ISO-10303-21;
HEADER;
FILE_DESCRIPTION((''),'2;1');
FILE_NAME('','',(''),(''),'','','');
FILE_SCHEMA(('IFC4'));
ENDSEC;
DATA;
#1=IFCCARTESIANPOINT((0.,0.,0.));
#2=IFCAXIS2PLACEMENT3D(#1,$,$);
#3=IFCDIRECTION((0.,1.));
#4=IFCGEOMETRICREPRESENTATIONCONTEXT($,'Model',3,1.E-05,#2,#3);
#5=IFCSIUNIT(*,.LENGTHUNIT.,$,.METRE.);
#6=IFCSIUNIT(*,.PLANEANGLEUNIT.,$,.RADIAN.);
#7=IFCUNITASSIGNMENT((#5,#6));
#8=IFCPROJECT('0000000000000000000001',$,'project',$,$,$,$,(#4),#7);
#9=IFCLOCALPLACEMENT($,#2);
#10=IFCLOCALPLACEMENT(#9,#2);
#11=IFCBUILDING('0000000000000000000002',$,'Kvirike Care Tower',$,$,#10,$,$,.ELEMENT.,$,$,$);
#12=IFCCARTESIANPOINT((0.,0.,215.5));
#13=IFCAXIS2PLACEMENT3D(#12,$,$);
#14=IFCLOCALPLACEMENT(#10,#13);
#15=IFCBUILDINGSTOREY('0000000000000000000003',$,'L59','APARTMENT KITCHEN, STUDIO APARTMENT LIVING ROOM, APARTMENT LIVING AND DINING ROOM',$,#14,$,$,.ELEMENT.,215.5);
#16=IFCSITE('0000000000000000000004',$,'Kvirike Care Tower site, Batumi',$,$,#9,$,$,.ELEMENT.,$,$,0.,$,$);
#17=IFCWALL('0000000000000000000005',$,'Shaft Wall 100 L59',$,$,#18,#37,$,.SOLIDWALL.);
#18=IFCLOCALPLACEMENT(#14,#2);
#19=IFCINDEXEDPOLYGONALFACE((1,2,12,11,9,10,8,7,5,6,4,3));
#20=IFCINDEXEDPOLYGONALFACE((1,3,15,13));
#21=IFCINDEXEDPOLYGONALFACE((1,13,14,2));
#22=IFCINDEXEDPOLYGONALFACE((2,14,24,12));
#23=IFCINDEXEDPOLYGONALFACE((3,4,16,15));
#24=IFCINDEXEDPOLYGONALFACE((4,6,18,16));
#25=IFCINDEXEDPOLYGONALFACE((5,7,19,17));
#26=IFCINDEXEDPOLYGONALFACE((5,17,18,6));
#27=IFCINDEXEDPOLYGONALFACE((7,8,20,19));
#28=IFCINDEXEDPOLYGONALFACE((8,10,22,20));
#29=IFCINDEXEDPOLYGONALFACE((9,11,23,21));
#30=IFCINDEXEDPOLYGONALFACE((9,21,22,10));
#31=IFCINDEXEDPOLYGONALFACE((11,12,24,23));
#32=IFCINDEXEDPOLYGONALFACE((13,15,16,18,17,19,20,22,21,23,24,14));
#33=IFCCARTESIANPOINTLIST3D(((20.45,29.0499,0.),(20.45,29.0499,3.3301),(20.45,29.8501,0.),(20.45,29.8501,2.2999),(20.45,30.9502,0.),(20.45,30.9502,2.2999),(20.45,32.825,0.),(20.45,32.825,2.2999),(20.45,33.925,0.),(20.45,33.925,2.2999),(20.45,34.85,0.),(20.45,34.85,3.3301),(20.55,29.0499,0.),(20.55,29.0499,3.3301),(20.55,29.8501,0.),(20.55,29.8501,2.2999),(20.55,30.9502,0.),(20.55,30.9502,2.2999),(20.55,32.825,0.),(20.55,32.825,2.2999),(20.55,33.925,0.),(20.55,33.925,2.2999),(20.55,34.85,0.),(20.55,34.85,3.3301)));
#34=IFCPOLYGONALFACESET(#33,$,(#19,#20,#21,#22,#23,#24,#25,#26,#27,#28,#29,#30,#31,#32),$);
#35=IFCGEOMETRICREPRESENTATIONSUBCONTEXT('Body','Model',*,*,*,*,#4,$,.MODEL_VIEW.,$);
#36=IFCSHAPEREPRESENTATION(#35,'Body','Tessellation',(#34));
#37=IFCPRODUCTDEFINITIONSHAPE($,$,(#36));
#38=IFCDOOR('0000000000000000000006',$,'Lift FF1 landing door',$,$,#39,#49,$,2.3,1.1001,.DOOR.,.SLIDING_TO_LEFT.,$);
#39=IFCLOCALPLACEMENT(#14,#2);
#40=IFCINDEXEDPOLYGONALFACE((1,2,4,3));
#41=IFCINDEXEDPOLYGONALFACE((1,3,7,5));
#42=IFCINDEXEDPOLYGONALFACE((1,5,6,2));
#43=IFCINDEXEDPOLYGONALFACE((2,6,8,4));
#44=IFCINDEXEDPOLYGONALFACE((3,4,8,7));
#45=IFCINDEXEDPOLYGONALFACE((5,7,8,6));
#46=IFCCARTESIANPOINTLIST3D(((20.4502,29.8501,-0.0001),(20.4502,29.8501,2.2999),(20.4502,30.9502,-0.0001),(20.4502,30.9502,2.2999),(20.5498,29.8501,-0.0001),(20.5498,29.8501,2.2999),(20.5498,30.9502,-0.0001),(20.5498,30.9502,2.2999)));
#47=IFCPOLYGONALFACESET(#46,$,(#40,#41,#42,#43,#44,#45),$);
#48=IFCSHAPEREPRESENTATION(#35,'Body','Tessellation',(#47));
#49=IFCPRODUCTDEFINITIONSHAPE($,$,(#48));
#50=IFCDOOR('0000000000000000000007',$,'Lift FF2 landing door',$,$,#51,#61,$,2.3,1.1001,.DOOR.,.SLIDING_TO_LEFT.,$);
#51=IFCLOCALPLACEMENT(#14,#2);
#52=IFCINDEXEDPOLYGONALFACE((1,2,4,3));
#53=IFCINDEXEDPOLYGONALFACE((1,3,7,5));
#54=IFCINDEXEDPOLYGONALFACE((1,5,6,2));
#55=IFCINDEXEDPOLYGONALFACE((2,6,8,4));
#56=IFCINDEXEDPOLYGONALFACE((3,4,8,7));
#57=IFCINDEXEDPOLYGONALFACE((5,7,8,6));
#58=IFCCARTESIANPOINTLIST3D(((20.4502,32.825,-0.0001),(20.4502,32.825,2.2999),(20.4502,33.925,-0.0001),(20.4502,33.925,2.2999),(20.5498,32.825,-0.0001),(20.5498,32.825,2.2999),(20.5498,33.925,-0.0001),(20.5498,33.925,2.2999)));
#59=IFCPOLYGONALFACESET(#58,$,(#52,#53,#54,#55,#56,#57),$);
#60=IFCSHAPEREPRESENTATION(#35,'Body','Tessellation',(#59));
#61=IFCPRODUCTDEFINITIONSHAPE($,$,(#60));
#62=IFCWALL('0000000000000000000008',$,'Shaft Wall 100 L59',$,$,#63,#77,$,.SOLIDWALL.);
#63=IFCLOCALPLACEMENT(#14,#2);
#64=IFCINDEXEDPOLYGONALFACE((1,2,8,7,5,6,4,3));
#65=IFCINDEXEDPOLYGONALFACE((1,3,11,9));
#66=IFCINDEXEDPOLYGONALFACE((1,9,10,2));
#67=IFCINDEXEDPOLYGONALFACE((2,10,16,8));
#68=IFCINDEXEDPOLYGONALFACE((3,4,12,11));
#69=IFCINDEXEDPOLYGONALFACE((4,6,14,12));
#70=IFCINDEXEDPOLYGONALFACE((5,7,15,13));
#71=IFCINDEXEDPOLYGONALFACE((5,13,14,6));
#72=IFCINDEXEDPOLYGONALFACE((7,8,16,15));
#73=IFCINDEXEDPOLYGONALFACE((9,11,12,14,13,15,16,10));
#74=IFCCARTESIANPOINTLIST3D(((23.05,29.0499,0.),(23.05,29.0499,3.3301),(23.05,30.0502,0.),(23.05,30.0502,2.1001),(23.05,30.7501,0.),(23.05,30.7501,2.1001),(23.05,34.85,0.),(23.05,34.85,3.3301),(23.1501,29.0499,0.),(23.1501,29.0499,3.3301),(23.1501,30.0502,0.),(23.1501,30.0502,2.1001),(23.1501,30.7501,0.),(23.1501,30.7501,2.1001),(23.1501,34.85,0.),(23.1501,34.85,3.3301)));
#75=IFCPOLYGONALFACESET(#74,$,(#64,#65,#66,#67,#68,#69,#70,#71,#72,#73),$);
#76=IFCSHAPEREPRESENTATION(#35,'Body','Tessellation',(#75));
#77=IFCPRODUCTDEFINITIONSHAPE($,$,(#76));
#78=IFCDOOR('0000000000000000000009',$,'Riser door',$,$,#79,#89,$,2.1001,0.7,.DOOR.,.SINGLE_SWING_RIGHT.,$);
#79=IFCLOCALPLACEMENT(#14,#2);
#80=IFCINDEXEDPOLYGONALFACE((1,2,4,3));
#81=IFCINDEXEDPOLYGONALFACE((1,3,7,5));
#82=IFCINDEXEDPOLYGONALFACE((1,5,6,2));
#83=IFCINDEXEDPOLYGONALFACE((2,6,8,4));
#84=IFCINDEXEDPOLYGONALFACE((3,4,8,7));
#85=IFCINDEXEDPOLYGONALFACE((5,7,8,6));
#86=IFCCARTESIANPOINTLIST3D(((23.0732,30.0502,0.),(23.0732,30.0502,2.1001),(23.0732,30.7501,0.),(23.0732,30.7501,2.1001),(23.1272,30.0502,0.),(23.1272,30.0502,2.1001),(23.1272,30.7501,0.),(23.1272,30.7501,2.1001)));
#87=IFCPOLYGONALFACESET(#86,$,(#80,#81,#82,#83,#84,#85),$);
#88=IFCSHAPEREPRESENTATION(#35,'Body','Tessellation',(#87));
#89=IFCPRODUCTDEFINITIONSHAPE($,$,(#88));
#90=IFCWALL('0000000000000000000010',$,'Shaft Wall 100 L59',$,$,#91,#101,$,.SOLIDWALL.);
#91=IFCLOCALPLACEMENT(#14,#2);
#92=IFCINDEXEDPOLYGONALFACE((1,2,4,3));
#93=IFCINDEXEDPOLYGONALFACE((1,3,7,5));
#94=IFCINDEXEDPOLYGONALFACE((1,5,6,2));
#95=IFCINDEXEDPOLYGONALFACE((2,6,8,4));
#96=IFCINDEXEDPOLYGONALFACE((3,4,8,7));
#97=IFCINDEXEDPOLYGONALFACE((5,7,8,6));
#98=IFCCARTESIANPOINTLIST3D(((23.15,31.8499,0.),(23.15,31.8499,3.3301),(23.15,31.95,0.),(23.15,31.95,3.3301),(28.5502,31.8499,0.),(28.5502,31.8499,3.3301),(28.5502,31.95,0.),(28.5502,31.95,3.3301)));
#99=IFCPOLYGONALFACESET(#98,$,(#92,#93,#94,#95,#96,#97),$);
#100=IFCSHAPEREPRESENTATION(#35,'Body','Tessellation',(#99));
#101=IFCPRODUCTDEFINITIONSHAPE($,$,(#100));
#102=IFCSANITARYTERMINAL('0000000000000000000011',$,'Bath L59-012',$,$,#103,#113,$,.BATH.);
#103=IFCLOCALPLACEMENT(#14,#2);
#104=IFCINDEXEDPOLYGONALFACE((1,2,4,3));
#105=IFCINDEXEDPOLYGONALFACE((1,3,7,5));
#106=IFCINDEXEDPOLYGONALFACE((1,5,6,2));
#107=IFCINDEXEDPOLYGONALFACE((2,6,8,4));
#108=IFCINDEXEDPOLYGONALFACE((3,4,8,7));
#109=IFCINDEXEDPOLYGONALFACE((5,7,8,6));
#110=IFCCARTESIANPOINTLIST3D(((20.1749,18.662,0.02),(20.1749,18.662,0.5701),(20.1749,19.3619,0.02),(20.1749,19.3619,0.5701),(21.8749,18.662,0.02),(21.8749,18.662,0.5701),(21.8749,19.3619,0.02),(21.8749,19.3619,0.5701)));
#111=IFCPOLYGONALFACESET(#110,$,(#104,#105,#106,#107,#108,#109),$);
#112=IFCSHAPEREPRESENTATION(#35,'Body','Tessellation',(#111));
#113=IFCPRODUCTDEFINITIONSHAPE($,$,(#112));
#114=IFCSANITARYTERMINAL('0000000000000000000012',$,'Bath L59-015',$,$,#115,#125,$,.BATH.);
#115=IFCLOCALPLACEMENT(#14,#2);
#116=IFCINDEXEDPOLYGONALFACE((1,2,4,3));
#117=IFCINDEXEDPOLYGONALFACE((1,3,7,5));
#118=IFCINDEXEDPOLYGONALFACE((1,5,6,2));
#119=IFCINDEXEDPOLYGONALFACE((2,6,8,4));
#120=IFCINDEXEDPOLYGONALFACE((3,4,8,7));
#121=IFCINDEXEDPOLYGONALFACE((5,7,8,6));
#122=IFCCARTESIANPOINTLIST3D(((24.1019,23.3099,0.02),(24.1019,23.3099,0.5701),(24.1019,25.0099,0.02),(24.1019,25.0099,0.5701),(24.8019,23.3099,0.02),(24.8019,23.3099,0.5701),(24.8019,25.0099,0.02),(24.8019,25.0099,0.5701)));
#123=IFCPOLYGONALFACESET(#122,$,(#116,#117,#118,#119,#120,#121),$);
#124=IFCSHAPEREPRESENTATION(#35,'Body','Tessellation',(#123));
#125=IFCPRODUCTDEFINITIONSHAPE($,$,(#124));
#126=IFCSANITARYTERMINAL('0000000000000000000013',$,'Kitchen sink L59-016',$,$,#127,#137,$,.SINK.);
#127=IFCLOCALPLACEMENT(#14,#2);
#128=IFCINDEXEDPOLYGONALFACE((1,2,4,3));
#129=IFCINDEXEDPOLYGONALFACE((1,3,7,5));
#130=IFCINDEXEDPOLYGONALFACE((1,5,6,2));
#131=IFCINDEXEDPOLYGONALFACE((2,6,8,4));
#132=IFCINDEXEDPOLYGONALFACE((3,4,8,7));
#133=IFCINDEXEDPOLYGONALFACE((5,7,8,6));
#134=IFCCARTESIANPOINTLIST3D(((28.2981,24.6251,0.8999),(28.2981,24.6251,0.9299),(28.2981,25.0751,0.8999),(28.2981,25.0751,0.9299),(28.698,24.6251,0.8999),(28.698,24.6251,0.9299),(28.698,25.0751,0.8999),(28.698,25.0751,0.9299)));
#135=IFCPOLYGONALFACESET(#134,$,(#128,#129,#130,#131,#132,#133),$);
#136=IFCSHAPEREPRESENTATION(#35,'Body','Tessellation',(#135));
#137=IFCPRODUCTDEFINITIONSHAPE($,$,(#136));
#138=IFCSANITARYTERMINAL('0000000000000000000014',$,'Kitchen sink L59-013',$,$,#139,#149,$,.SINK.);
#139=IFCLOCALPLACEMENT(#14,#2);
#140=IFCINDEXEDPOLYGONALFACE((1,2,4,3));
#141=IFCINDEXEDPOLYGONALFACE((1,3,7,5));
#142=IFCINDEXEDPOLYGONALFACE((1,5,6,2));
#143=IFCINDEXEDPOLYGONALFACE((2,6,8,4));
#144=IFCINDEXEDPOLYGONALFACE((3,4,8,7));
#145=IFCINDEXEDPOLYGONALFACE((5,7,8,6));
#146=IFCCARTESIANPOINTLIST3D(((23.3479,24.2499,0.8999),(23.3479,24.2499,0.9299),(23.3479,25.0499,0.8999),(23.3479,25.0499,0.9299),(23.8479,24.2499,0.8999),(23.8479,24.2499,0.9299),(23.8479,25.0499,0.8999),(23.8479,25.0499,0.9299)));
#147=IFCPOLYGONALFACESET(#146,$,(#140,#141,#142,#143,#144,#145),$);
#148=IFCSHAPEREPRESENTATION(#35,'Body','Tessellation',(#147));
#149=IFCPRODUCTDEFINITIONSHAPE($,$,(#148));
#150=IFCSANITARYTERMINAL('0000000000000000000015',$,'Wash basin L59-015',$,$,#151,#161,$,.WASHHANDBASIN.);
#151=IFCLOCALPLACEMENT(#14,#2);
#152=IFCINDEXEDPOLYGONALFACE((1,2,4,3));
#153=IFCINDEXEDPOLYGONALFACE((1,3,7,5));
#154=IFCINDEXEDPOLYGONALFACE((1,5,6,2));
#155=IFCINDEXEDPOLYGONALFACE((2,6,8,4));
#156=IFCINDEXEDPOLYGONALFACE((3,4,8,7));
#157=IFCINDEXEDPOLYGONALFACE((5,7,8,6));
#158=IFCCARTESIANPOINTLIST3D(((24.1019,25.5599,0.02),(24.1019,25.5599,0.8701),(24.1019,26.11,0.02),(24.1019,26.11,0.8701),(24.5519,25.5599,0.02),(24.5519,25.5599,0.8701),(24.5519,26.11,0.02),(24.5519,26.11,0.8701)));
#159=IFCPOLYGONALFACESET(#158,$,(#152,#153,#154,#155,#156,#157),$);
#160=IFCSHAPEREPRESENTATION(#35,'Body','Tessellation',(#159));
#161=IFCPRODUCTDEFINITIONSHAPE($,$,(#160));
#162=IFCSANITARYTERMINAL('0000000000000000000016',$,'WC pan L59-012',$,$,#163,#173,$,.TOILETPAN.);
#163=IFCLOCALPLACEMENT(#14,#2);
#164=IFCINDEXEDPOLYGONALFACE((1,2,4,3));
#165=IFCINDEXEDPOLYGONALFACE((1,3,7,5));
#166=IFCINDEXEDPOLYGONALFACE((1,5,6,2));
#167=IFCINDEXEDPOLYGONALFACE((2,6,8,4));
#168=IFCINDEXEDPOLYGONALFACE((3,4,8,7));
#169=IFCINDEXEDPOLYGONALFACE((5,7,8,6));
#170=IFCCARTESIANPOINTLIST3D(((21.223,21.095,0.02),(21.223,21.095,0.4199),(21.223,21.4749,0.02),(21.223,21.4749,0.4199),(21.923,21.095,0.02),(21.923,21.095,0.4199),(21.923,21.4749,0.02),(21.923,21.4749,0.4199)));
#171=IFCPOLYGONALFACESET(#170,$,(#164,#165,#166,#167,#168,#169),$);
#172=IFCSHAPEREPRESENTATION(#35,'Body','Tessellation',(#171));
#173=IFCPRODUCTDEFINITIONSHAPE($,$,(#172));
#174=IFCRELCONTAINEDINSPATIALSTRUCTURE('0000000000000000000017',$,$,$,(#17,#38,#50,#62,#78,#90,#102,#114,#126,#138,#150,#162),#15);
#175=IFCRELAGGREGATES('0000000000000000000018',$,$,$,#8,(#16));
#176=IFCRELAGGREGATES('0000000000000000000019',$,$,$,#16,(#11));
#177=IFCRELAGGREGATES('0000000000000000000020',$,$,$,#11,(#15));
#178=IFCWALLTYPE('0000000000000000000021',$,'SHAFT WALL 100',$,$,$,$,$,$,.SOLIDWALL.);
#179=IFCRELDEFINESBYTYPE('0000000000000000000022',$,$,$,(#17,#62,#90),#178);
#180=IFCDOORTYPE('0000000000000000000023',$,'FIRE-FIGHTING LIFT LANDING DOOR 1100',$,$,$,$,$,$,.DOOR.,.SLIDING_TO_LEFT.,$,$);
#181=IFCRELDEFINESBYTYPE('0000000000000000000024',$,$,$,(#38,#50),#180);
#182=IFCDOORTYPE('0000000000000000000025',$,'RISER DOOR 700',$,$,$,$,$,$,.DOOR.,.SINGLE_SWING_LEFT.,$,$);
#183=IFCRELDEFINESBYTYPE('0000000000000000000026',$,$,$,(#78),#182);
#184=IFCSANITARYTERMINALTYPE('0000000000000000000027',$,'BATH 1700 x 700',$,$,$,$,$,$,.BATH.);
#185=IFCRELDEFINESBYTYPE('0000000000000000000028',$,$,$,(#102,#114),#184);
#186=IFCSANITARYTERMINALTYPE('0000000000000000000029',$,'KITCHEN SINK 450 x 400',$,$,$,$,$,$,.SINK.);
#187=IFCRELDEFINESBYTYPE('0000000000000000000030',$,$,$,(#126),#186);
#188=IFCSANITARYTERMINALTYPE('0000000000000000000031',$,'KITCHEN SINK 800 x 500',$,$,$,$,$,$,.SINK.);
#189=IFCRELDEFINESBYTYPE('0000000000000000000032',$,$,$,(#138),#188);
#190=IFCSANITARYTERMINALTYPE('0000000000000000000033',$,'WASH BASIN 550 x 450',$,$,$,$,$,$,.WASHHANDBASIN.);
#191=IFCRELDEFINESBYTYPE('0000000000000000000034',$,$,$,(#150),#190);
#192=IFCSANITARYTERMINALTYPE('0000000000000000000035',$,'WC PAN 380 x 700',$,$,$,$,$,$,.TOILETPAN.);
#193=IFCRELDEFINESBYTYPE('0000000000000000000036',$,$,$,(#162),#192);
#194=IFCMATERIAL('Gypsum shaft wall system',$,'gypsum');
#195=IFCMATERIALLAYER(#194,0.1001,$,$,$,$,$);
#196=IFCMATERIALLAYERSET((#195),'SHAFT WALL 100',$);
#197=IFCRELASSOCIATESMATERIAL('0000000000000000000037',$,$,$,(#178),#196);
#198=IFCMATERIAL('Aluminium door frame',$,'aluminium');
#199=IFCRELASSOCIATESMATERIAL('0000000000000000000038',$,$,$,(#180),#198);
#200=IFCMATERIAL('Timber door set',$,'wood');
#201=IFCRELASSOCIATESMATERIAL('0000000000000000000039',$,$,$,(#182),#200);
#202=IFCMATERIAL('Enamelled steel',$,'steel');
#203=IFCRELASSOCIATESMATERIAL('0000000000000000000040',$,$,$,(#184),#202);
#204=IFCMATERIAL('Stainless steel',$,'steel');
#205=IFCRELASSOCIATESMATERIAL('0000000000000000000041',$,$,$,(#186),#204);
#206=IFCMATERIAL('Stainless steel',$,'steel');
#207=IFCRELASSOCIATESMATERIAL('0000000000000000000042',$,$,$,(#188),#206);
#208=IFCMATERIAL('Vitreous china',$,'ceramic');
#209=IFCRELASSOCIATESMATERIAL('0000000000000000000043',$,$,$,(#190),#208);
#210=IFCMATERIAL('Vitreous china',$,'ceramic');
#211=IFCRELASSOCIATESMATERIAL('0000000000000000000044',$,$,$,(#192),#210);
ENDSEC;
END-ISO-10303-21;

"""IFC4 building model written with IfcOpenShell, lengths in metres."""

from ifc_helpers import new_model, si_unit, direction, frame, frame_2d, origin, origin_2d, place, context, subcontext, project, spatial, rectangle, extrude, material, layer, layer_set, type_object, element, fill, save


model = new_model("IFC4")

# Units and contexts
model_context = context("Model", 3, precision=1e-05, world=origin(), true_north=direction((0.0, 1.0)))
body_context = subcontext(model_context, "Body", "Model", "MODEL_VIEW")
ifc_project = project(units=[si_unit("LENGTHUNIT", "METRE"), si_unit("PLANEANGLEUNIT", "RADIAN")], contexts=[model_context])

# Site, building, storey
site_placement = place(None, origin())
site = spatial("IfcSite", under=ifc_project, at=site_placement, Name="Kvirike Care Tower site, Batumi", CompositionType="ELEMENT", RefElevation=0.0)
building_placement = place(site_placement, origin())
building = spatial("IfcBuilding", under=site, at=building_placement, Name="Kvirike Care Tower", CompositionType="ELEMENT")
storey_placement = place(building_placement, frame((0.0, 0.0, 215.5)))
storey = spatial("IfcBuildingStorey", under=building, at=storey_placement, Name="L59", Description="APARTMENT KITCHEN, STUDIO APARTMENT LIVING ROOM, APARTMENT LIVING AND DINING ROOM", CompositionType="ELEMENT", Elevation=215.5)

# Wall, openings, doors
ifc_material_1 = material(Name="Gypsum shaft wall system", Category="gypsum")
ifc_layer_1 = layer(ifc_material_1, 0.1001)
ifc_layer_set_1 = layer_set([ifc_layer_1], Name="SHAFT WALL 100")
wall_type_1 = type_object("IfcWallType", Name="SHAFT WALL 100", PredefinedType="SOLIDWALL", material=ifc_layer_set_1)
wall_1_placement = place(storey_placement, frame((20.5, 29.05, 0.0), z_axis=(0.0, 0.0, 1.0), x_axis=(0.0, 1.0, 0.0)))
wall_1 = element("IfcWall", 1, at=wall_1_placement, inside=storey, type_object=wall_type_1, Name="Shaft Wall 100 L59", PredefinedType="SOLIDWALL", context=body_context, shape_type="SweptSolid", body=[
    extrude(rectangle(XDim=5.8, YDim=0.1001, at=frame_2d((2.8999, 0.0))), origin(), (0.0, 0.0, 1.0), 3.3301),
])
opening_1_placement = place(wall_1_placement, frame((0.8, 0.0, 0.0)))
opening_1 = element("IfcOpeningElement", 2, at=opening_1_placement, cuts=wall_1, PredefinedType="OPENING", context=body_context, shape_type="SweptSolid", body=[
    extrude(rectangle(XDim=1.1001, YDim=2.3, at=frame_2d((0.55, 1.1499))), frame((0.0, 0.0605, 0.0), z_axis=(0.0, -1.0, 0.0), x_axis=(1.0, 0.0, 0.0)), (0.0, 0.0, 1.0), 0.1211),
])
opening_2_placement = place(wall_1_placement, frame((3.7749, 0.0, 0.0)))
opening_2 = element("IfcOpeningElement", 3, at=opening_2_placement, cuts=wall_1, PredefinedType="OPENING", context=body_context, shape_type="SweptSolid", body=[
    extrude(rectangle(XDim=1.1001, YDim=2.3, at=frame_2d((0.55, 1.1499))), frame((0.0, 0.0605, 0.0), z_axis=(0.0, -1.0, 0.0), x_axis=(1.0, 0.0, 0.0)), (0.0, 0.0, 1.0), 0.1211),
])
ifc_material_2 = material(Name="Aluminium door frame", Category="aluminium")
door_type_1 = type_object("IfcDoorType", Name="FIRE-FIGHTING LIFT LANDING DOOR 1100", OperationType="SLIDING_TO_LEFT", PredefinedType="DOOR", material=ifc_material_2)
door_1_placement = place(opening_1_placement, origin())
door_1 = element("IfcDoor", 4, at=door_1_placement, inside=storey, type_object=door_type_1, Name="Lift FF1 landing door", OperationType="SLIDING_TO_LEFT", OverallHeight=2.3, OverallWidth=1.1001, PredefinedType="DOOR", context=body_context, shape_type="SweptSolid", body=[
    extrude(rectangle(XDim=1.1001, YDim=2.3, at=frame_2d((0.55, 1.1499))), frame((0.0, 0.0498, 0.0), z_axis=(0.0, -1.0, 0.0), x_axis=(1.0, 0.0, 0.0)), (0.0, 0.0, 1.0), 0.0996),
])
fill(opening_1, door_1)
door_2_placement = place(opening_2_placement, origin())
door_2 = element("IfcDoor", 5, at=door_2_placement, inside=storey, type_object=door_type_1, Name="Lift FF2 landing door", OperationType="SLIDING_TO_LEFT", OverallHeight=2.3, OverallWidth=1.1001, PredefinedType="DOOR", context=body_context, shape_type="SweptSolid", body=[
    extrude(rectangle(XDim=1.1001, YDim=2.3, at=frame_2d((0.55, 1.1499))), frame((0.0, 0.0498, 0.0), z_axis=(0.0, -1.0, 0.0), x_axis=(1.0, 0.0, 0.0)), (0.0, 0.0, 1.0), 0.0996),
])
fill(opening_2, door_2)

# Wall, opening, door
wall_2_placement = place(storey_placement, frame((23.1001, 29.05, 0.0), z_axis=(0.0, 0.0, 1.0), x_axis=(0.0, 1.0, 0.0)))
wall_2 = element("IfcWall", 6, at=wall_2_placement, inside=storey, type_object=wall_type_1, Name="Shaft Wall 100 L59", PredefinedType="SOLIDWALL", context=body_context, shape_type="SweptSolid", body=[
    extrude(rectangle(XDim=5.8, YDim=0.1001, at=frame_2d((2.8999, 0.0))), origin(), (0.0, 0.0, 1.0), 3.3301),
])
opening_3_placement = place(wall_2_placement, frame((1.0, 0.0, 0.0)))
opening_3 = element("IfcOpeningElement", 7, at=opening_3_placement, cuts=wall_2, PredefinedType="OPENING", context=body_context, shape_type="SweptSolid", body=[
    extrude(rectangle(XDim=0.7, YDim=2.1001, at=frame_2d((0.3501, 1.05))), frame((0.0, 0.0605, 0.0), z_axis=(0.0, -1.0, 0.0), x_axis=(1.0, 0.0, 0.0)), (0.0, 0.0, 1.0), 0.1211),
])
ifc_material_3 = material(Name="Timber door set", Category="wood")
door_type_2 = type_object("IfcDoorType", Name="RISER DOOR 700", OperationType="SINGLE_SWING_LEFT", PredefinedType="DOOR", material=ifc_material_3)
door_3_placement = place(opening_3_placement, origin())
door_3 = element("IfcDoor", 8, at=door_3_placement, inside=storey, type_object=door_type_2, Name="Riser door", OperationType="SINGLE_SWING_RIGHT", OverallHeight=2.1001, OverallWidth=0.7, PredefinedType="DOOR", context=body_context, shape_type="SweptSolid", body=[
    extrude(rectangle(XDim=0.7, YDim=2.1001, at=frame_2d((0.3501, 1.05))), frame((0.0, 0.0269, 0.0), z_axis=(0.0, -1.0, 0.0), x_axis=(1.0, 0.0, 0.0)), (0.0, 0.0, 1.0), 0.054),
])
fill(opening_3, door_3)

# Wall
wall_3_placement = place(storey_placement, frame((23.1499, 31.8999, 0.0), z_axis=(0.0, 0.0, 1.0), x_axis=(1.0, 0.0, 0.0)))
element("IfcWall", 9, at=wall_3_placement, inside=storey, type_object=wall_type_1, Name="Shaft Wall 100 L59", PredefinedType="SOLIDWALL", context=body_context, shape_type="SweptSolid", body=[
    extrude(rectangle(XDim=5.4001, YDim=0.1001, at=frame_2d((2.7002, 0.0))), origin(), (0.0, 0.0, 1.0), 3.3301),
])

# Sanitary terminals
ifc_material_4 = material(Name="Enamelled steel", Category="steel")
sanitary_terminal_type_1 = type_object("IfcSanitaryTerminalType", Name="BATH 1700 x 700", PredefinedType="BATH", material=ifc_material_4)
for number, where, z_axis, x_axis, name in (
    (10, (21.0249, 19.012, 0.02), (0.0, 0.0, 1.0), (-1.0, 0.0, 0.0), "Bath L59-012"),
    (11, (24.4519, 24.1599, 0.02), (0.0, 0.0, 1.0), (0.0, 1.0, 0.0), "Bath L59-015"),
):
    element("IfcSanitaryTerminal", number, at=place(storey_placement, frame(where, z_axis=z_axis, x_axis=x_axis)), inside=storey, type_object=sanitary_terminal_type_1, Name=name, PredefinedType="BATH", context=body_context, shape_type="SweptSolid", body=[
        extrude(rectangle(XDim=1.7, YDim=0.7, at=origin_2d()), origin(), (0.0, 0.0, 1.0), 0.55),
    ])
ifc_material_5 = material(Name="Stainless steel", Category="steel")
sanitary_terminal_type_2 = type_object("IfcSanitaryTerminalType", Name="KITCHEN SINK 450 x 400", PredefinedType="SINK", material=ifc_material_5)
sanitary_terminal_1_placement = place(storey_placement, frame((28.498, 24.8501, 0.8999), z_axis=(0.0, 0.0, 1.0), x_axis=(0.0, -1.0, 0.0)))
element("IfcSanitaryTerminal", 12, at=sanitary_terminal_1_placement, inside=storey, type_object=sanitary_terminal_type_2, Name="Kitchen sink L59-016", PredefinedType="SINK", context=body_context, shape_type="SweptSolid", body=[
    extrude(rectangle(XDim=0.45, YDim=0.3999, at=origin_2d()), origin(), (0.0, 0.0, 1.0), 0.03),
])
ifc_material_6 = material(Name="Stainless steel", Category="steel")
sanitary_terminal_type_3 = type_object("IfcSanitaryTerminalType", Name="KITCHEN SINK 800 x 500", PredefinedType="SINK", material=ifc_material_6)
sanitary_terminal_2_placement = place(storey_placement, frame((23.5979, 24.6499, 0.8999), z_axis=(0.0, 0.0, 1.0), x_axis=(0.0, -1.0, 0.0)))
element("IfcSanitaryTerminal", 13, at=sanitary_terminal_2_placement, inside=storey, type_object=sanitary_terminal_type_3, Name="Kitchen sink L59-013", PredefinedType="SINK", context=body_context, shape_type="SweptSolid", body=[
    extrude(rectangle(XDim=0.8, YDim=0.5, at=origin_2d()), origin(), (0.0, 0.0, 1.0), 0.03),
])
ifc_material_7 = material(Name="Vitreous china", Category="ceramic")
sanitary_terminal_type_4 = type_object("IfcSanitaryTerminalType", Name="WASH BASIN 550 x 450", PredefinedType="WASHHANDBASIN", material=ifc_material_7)
sanitary_terminal_3_placement = place(storey_placement, frame((24.3269, 25.835, 0.02), z_axis=(0.0, 0.0, 1.0), x_axis=(0.0, 1.0, 0.0)))
element("IfcSanitaryTerminal", 14, at=sanitary_terminal_3_placement, inside=storey, type_object=sanitary_terminal_type_4, Name="Wash basin L59-015", PredefinedType="WASHHANDBASIN", context=body_context, shape_type="SweptSolid", body=[
    extrude(rectangle(XDim=0.55, YDim=0.45, at=origin_2d()), origin(), (0.0, 0.0, 1.0), 0.8501),
])
ifc_material_8 = material(Name="Vitreous china", Category="ceramic")
sanitary_terminal_type_5 = type_object("IfcSanitaryTerminalType", Name="WC PAN 380 x 700", PredefinedType="TOILETPAN", material=ifc_material_8)
for number, where, z_axis, x_axis, name in (
    (15, (21.573, 21.2849, 0.02), (0.0, 0.0, 1.0), (0.0, -1.0, 0.0), "WC pan L59-012"),
):
    element("IfcSanitaryTerminal", number, at=place(storey_placement, frame(where, z_axis=z_axis, x_axis=x_axis)), inside=storey, type_object=sanitary_terminal_type_5, Name=name, PredefinedType="TOILETPAN", context=body_context, shape_type="SweptSolid", body=[
        extrude(rectangle(XDim=0.3799, YDim=0.7, at=origin_2d()), origin(), (0.0, 0.0, 1.0), 0.3999),
    ])

save(model, "model.ifc")
